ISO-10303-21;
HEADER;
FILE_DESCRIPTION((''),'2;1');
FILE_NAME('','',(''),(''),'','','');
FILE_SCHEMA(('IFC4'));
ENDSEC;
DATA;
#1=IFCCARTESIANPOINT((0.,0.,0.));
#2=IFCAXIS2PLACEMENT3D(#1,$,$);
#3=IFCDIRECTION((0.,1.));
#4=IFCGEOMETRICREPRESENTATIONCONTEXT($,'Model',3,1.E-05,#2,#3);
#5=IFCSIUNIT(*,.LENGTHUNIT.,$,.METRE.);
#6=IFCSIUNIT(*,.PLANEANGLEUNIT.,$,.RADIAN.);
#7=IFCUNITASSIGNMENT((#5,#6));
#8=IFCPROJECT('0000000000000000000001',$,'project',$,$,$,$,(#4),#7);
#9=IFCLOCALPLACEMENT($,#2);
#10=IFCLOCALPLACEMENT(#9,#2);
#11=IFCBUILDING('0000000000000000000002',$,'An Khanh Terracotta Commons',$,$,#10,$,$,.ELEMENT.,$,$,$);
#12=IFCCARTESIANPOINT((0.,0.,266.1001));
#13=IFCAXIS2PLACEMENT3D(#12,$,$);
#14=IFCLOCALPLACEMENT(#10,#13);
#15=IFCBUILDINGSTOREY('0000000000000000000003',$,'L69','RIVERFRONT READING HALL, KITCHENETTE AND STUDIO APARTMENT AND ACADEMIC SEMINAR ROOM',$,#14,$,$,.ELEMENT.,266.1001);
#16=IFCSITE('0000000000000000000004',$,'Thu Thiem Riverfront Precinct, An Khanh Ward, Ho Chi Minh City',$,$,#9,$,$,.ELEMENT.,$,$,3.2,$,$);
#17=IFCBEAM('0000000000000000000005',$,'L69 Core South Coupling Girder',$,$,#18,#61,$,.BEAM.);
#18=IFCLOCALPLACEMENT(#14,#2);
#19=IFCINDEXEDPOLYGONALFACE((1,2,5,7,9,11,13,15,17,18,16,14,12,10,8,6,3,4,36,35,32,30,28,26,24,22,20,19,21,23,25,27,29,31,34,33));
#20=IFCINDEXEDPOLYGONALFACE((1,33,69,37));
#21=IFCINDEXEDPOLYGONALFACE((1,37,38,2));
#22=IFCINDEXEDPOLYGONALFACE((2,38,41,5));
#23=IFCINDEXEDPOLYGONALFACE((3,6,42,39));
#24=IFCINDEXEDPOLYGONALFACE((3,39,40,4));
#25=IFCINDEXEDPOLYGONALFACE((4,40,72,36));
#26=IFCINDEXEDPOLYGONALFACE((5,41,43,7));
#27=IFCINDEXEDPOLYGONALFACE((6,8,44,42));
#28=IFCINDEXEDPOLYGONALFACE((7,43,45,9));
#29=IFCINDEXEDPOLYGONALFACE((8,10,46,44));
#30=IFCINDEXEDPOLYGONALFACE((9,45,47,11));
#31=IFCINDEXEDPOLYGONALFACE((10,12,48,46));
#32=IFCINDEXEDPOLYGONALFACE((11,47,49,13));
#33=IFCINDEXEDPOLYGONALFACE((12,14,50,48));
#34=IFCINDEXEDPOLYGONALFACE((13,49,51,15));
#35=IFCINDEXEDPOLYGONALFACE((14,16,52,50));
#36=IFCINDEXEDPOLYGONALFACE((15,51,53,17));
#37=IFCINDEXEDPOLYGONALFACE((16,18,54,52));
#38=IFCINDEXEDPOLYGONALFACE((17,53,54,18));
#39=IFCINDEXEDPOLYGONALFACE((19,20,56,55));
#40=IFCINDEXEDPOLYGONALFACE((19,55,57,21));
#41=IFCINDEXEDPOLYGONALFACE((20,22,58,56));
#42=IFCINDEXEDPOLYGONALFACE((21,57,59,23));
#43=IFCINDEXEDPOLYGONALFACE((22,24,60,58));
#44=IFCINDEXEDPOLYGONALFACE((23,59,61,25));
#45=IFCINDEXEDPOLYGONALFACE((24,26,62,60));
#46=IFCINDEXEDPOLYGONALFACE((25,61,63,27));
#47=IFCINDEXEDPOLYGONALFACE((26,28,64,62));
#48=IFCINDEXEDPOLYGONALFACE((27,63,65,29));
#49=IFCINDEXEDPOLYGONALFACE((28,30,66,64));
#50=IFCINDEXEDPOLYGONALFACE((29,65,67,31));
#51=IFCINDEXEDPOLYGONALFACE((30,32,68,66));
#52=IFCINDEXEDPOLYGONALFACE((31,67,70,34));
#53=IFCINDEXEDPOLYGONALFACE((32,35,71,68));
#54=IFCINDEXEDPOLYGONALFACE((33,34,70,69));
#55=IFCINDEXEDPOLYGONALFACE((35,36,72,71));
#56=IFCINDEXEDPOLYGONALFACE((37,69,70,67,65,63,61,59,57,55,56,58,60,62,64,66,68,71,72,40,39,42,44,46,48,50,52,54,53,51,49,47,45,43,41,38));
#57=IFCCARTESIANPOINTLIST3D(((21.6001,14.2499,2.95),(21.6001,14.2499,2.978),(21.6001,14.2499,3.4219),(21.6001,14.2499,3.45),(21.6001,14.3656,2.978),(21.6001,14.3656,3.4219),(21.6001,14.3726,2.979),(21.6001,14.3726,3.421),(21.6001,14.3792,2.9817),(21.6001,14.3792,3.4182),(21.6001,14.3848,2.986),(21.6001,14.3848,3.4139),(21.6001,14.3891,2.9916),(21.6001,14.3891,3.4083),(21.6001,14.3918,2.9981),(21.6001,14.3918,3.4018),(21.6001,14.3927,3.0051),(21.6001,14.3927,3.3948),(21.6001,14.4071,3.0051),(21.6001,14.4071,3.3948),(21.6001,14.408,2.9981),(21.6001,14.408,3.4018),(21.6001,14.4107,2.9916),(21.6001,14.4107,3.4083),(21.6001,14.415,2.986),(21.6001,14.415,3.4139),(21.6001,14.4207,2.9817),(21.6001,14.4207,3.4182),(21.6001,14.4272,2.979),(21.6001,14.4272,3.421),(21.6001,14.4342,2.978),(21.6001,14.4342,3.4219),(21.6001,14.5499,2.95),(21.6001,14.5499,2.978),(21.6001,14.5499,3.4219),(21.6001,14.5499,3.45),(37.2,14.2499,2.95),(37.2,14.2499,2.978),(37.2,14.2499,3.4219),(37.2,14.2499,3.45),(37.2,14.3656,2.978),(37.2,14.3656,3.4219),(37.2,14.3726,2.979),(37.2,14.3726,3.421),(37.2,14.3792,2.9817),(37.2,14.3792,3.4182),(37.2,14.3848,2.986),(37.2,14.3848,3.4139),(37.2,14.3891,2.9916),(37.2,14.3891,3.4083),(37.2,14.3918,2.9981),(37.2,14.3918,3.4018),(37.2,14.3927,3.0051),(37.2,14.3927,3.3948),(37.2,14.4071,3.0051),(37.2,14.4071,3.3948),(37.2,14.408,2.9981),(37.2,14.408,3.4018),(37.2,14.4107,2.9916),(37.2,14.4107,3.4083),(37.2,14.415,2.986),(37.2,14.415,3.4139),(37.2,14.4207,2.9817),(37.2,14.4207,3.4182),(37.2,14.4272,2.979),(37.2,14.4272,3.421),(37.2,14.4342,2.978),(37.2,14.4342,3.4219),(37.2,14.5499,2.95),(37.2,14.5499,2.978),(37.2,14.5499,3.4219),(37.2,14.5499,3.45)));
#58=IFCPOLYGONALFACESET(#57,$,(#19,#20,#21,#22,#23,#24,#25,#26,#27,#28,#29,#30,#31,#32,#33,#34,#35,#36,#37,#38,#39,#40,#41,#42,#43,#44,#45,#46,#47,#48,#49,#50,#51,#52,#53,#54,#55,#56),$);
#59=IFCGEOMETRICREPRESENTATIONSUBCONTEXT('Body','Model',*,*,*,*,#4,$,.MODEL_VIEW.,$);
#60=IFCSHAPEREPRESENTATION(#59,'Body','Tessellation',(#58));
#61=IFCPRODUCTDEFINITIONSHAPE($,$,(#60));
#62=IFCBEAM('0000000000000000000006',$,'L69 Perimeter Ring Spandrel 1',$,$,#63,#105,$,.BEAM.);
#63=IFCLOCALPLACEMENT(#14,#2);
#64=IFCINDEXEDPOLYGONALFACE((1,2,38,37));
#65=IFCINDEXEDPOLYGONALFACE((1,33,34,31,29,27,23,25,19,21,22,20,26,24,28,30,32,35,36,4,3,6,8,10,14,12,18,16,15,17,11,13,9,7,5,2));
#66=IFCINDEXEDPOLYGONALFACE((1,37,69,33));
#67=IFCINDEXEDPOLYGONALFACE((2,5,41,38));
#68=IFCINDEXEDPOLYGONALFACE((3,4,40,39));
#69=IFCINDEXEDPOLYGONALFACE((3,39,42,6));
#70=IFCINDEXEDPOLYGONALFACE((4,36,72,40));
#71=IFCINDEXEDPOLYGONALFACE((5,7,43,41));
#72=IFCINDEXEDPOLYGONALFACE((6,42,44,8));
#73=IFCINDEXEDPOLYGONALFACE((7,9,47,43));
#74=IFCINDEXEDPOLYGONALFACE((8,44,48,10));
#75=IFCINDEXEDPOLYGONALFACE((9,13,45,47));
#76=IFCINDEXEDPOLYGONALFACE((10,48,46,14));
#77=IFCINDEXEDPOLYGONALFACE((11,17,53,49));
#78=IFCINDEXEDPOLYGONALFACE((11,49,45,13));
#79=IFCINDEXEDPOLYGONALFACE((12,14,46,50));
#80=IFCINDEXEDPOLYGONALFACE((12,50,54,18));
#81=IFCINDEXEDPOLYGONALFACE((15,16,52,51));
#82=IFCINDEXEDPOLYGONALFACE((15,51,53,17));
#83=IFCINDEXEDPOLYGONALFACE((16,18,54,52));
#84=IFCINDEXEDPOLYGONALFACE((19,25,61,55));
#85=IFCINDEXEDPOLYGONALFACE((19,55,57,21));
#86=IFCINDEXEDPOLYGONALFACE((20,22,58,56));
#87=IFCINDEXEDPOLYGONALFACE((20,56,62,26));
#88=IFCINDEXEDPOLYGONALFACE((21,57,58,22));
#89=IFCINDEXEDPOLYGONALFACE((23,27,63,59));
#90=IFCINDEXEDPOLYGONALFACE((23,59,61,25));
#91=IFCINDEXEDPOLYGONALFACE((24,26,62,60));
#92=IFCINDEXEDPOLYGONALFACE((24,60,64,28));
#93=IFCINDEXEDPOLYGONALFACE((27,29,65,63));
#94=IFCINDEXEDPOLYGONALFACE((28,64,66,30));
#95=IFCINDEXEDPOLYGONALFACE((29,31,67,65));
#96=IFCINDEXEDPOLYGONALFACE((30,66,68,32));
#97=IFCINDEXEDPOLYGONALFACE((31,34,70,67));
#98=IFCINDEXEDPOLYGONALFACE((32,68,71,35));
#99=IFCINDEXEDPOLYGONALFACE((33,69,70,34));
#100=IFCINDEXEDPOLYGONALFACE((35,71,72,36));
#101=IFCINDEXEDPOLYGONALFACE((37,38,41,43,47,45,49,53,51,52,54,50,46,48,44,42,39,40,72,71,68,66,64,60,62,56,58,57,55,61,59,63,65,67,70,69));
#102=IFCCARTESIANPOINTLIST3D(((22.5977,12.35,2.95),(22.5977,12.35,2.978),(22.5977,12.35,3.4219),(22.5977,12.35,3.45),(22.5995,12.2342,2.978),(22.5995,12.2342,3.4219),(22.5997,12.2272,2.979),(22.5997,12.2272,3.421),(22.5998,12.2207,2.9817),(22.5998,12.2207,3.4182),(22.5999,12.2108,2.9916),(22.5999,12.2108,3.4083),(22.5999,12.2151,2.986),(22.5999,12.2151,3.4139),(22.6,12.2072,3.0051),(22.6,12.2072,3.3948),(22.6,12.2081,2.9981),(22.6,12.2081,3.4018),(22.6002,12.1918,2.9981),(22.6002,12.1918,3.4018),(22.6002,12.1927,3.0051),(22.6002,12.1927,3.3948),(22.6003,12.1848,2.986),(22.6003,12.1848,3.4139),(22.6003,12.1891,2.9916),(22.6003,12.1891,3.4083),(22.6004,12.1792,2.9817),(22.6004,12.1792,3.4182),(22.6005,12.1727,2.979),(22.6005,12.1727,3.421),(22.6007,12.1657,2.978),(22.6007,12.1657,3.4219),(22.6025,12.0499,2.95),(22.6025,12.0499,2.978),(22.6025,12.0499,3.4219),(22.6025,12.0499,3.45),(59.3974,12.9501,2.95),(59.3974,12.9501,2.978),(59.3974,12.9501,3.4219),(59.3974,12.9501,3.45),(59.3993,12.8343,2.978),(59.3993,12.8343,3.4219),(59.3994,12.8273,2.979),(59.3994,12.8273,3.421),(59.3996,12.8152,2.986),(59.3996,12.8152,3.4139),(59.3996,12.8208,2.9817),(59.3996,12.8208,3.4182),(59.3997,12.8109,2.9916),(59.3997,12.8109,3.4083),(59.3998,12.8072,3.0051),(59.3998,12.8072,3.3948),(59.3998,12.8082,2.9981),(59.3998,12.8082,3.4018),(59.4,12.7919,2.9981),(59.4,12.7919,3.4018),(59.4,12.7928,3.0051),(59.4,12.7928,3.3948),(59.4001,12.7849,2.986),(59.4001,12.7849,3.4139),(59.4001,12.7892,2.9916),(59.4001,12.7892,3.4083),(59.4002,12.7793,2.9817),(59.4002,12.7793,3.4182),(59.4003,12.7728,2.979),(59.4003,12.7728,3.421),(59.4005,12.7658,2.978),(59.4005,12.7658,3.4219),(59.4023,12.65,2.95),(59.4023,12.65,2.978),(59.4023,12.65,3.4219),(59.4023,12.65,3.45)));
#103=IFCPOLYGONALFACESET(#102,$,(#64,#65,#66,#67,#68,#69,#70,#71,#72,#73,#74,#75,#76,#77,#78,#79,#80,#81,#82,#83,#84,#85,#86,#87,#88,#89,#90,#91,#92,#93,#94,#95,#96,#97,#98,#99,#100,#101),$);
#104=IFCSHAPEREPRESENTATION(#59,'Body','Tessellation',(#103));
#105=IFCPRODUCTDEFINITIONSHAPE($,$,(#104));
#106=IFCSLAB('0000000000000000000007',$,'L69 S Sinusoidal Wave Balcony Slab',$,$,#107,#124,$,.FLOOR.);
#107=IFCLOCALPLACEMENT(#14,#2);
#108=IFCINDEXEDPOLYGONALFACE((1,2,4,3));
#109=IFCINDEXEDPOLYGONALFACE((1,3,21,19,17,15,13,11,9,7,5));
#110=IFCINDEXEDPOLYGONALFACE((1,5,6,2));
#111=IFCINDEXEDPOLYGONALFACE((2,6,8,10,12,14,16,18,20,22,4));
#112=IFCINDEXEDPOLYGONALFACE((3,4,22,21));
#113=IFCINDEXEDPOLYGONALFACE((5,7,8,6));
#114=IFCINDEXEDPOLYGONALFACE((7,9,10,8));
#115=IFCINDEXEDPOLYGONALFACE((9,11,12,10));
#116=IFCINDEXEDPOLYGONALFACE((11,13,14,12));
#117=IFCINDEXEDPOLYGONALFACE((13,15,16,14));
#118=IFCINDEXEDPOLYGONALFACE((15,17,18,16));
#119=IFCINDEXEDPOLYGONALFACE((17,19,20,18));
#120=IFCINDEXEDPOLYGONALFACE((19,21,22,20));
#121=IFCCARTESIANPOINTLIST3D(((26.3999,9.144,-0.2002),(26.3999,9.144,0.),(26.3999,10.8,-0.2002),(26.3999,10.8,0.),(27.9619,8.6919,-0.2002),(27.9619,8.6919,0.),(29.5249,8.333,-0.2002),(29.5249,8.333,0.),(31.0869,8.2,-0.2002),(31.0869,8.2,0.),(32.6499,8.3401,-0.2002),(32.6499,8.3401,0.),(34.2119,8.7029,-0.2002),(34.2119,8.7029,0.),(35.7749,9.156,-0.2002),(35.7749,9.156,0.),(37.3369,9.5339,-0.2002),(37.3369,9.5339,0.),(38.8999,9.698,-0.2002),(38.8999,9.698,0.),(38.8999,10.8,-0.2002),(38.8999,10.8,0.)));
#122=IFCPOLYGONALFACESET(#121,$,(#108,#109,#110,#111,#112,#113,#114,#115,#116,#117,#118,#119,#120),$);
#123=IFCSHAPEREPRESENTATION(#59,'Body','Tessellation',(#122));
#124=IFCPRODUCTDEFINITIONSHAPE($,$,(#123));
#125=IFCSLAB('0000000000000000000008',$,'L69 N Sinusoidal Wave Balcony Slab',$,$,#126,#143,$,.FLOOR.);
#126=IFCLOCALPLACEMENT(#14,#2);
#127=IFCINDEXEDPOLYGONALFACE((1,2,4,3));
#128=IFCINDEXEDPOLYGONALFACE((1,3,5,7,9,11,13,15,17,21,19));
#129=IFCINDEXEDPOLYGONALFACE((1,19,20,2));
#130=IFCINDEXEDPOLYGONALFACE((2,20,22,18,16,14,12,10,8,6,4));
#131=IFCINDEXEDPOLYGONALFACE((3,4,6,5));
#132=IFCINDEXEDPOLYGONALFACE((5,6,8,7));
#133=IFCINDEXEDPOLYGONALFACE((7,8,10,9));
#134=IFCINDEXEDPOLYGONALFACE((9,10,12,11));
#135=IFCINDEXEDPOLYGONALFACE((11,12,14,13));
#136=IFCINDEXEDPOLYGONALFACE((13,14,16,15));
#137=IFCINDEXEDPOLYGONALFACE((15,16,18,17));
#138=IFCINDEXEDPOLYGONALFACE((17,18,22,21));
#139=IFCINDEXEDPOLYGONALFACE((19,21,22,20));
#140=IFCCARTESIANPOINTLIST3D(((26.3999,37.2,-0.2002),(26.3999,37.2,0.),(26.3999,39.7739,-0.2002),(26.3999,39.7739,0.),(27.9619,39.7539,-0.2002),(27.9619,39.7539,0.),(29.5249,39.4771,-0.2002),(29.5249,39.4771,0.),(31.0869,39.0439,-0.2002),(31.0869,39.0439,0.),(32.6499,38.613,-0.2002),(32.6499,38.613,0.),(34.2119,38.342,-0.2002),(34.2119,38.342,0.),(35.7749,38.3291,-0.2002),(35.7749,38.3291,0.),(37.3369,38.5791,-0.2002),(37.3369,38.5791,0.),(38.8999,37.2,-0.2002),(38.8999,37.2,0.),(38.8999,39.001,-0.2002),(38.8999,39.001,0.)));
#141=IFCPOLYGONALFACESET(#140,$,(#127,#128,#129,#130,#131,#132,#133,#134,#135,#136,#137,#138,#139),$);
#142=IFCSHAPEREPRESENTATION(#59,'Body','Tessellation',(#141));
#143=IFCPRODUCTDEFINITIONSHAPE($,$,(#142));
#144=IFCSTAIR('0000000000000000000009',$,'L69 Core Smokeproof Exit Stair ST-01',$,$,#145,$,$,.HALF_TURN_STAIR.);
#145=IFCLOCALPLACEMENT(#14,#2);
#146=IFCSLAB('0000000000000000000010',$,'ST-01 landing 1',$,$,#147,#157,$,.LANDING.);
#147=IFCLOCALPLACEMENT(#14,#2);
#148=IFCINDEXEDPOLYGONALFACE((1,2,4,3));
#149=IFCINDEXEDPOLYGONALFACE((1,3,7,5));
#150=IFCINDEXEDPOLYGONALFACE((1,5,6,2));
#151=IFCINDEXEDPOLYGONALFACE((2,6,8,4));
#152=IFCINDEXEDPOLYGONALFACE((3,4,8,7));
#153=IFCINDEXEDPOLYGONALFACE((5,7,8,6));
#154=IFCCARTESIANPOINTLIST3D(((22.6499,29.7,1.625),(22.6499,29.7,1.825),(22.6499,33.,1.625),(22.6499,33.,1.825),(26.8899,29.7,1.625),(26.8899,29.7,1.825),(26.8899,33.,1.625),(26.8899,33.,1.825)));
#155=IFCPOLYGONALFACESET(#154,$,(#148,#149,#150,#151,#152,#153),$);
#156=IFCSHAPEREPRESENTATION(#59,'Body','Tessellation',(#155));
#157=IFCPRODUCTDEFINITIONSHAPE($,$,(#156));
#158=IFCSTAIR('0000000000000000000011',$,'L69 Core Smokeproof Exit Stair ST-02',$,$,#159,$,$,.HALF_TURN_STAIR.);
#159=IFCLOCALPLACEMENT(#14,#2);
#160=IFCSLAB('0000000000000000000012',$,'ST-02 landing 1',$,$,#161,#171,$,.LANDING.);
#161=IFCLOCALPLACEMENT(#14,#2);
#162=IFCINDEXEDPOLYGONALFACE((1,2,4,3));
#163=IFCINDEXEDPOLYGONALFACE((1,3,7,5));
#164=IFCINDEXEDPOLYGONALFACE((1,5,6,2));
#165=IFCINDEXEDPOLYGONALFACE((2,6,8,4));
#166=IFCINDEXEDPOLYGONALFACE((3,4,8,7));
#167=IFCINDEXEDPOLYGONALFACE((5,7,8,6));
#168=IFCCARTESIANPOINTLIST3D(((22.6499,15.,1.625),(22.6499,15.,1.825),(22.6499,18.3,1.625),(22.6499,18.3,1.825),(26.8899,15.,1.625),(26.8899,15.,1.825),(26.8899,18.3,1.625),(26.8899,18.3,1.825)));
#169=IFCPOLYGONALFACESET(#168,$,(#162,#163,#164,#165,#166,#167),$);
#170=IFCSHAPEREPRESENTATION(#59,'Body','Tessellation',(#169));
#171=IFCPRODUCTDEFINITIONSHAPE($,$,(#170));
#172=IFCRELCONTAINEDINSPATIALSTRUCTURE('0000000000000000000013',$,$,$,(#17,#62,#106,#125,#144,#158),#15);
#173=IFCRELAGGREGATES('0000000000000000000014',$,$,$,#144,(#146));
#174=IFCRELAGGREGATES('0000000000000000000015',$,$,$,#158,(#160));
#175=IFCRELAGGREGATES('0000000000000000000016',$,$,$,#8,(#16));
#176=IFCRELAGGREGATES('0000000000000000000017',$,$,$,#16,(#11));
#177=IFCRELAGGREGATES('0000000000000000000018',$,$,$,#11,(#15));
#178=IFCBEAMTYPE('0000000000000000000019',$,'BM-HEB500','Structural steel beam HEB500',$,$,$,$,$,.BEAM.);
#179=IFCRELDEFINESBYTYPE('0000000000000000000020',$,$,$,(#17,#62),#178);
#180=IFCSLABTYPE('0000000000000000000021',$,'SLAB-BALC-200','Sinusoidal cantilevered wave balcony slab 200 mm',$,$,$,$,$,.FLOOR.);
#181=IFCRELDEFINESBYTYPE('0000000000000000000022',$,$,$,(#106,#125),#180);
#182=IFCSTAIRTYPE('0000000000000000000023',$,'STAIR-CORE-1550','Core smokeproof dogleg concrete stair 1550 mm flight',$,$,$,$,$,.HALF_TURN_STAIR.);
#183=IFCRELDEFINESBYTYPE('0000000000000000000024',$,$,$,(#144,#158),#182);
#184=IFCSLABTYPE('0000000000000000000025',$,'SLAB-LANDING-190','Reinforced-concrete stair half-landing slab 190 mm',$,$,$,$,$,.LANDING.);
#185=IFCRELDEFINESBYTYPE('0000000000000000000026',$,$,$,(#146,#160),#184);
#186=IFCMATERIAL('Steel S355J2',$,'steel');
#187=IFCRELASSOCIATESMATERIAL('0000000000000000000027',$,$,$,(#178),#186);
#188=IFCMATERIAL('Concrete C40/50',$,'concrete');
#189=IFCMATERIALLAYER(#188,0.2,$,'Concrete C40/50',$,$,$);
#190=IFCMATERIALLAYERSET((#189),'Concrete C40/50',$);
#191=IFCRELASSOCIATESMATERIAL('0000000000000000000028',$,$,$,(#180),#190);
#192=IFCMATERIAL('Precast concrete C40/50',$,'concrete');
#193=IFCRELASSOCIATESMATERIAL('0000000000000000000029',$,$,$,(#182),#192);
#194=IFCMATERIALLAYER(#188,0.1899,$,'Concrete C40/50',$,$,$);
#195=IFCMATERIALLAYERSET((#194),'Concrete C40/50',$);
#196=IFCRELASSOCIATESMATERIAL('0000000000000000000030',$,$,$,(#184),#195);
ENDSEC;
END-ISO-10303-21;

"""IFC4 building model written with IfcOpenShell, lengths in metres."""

from ifc_helpers import new_model, si_unit, direction, frame, origin, origin_2d, place, context, subcontext, project, spatial, polyline, i_section, outline, extrude, material, layer, layer_set, material_profile, profile_set, type_object, element, aggregate, save


model = new_model("IFC4")

# Units and contexts
model_context = context("Model", 3, precision=1e-05, world=origin(), true_north=direction((0.0, 1.0)))
body_context = subcontext(model_context, "Body", "Model", "MODEL_VIEW")
ifc_project = project(units=[si_unit("LENGTHUNIT", "METRE"), si_unit("PLANEANGLEUNIT", "RADIAN")], contexts=[model_context])

# Site, building, storey
site_placement = place(None, origin())
site = spatial("IfcSite", under=ifc_project, at=site_placement, Name="Thu Thiem Riverfront Precinct, An Khanh Ward, Ho Chi Minh City", CompositionType="ELEMENT", RefElevation=3.2)
building_placement = place(site_placement, origin())
building = spatial("IfcBuilding", under=site, at=building_placement, Name="An Khanh Terracotta Commons", CompositionType="ELEMENT")
storey_placement = place(building_placement, frame((0.0, 0.0, 266.1001)))
storey = spatial("IfcBuildingStorey", under=building, at=storey_placement, Name="L69", Description="RIVERFRONT READING HALL, KITCHENETTE AND STUDIO APARTMENT AND ACADEMIC SEMINAR ROOM", CompositionType="ELEMENT", Elevation=266.1001)

# Beams
ifc_material_1 = material(Name="Steel S355J2", Category="steel")
ifc_material_profile_1 = material_profile(ifc_material_1, i_section(OverallWidth=0.3, OverallDepth=0.5, WebThickness=0.0144, FlangeThickness=0.0281, FilletRadius=0.0271, at=origin_2d()), Name="HEB500")
ifc_profile_set_1 = profile_set([ifc_material_profile_1], Name="Steel S355J2")
beam_type_1 = type_object("IfcBeamType", Name="BM-HEB500", Description="Structural steel beam HEB500", PredefinedType="BEAM", material=ifc_profile_set_1)
beam_1_placement = place(storey_placement, frame((21.6001, 14.3999, 3.2), z_axis=(1.0, 0.0, 0.0), x_axis=(0.0, 1.0, 0.0)))
element("IfcBeam", 1, at=beam_1_placement, inside=storey, type_object=beam_type_1, Name="L69 Core South Coupling Girder", PredefinedType="BEAM", context=body_context, shape_type="SweptSolid", body=[
    extrude(i_section(OverallWidth=0.3, OverallDepth=0.5, WebThickness=0.0144, FlangeThickness=0.0281, FilletRadius=0.0271, at=origin_2d()), origin(), (0.0, 0.0, 1.0), 15.5999),
])
beam_2_placement = place(storey_placement, frame((22.6001, 12.2, 3.2), z_axis=(0.999867, 0.016305, 0.0), x_axis=(-0.016305, 0.999867, 0.0)))
element("IfcBeam", 2, at=beam_2_placement, inside=storey, type_object=beam_type_1, Name="L69 Perimeter Ring Spandrel 1", PredefinedType="BEAM", context=body_context, shape_type="SweptSolid", body=[
    extrude(i_section(OverallWidth=0.3, OverallDepth=0.5, WebThickness=0.0144, FlangeThickness=0.0281, FilletRadius=0.0271, at=origin_2d()), origin(), (0.0, 0.0, 1.0), 36.8047),
])

# Slabs
ifc_material_2 = material(Name="Concrete C40/50", Category="concrete")
ifc_layer_1 = layer(ifc_material_2, 0.2, Name="Concrete C40/50")
ifc_layer_set_1 = layer_set([ifc_layer_1], Name="Concrete C40/50")
slab_type_1 = type_object("IfcSlabType", Name="SLAB-BALC-200", Description="Sinusoidal cantilevered wave balcony slab 200 mm", PredefinedType="FLOOR", material=ifc_layer_set_1)
slab_1_placement = place(storey_placement, frame((0.0, 0.0, -0.2002)))
element("IfcSlab", 3, at=slab_1_placement, inside=storey, type_object=slab_type_1, Name="L69 S Sinusoidal Wave Balcony Slab", PredefinedType="FLOOR", context=body_context, shape_type="SweptSolid", body=[
    extrude(outline(polyline([(26.3999, 10.8), (26.3999, 9.144), (27.9619, 8.6919), (29.5249, 8.333), (31.0869, 8.2), (32.6499, 8.3401), (34.2119, 8.7029), (35.7749, 9.156), (37.3369, 9.5339), (38.8999, 9.698), (38.8999, 10.8), (26.3999, 10.8)])), origin(), (0.0, 0.0, 1.0), 0.2002),
])
slab_2_placement = place(storey_placement, frame((0.0, 0.0, -0.2002)))
element("IfcSlab", 4, at=slab_2_placement, inside=storey, type_object=slab_type_1, Name="L69 N Sinusoidal Wave Balcony Slab", PredefinedType="FLOOR", context=body_context, shape_type="SweptSolid", body=[
    extrude(outline(polyline([(38.8999, 37.2), (38.8999, 39.001), (37.3369, 38.5791), (35.7749, 38.3291), (34.2119, 38.342), (32.6499, 38.613), (31.0869, 39.0439), (29.5249, 39.4771), (27.9619, 39.7539), (26.3999, 39.7739), (26.3999, 37.2), (38.8999, 37.2)])), origin(), (0.0, 0.0, 1.0), 0.2002),
])

# Stairs, slabs
ifc_material_3 = material(Name="Precast concrete C40/50", Category="concrete")
stair_type = type_object("IfcStairType", Name="STAIR-CORE-1550", Description="Core smokeproof dogleg concrete stair 1550 mm flight", PredefinedType="HALF_TURN_STAIR", material=ifc_material_3)
stair_1_placement = place(storey_placement, origin())
stair_1 = element("IfcStair", 5, at=stair_1_placement, inside=storey, type_object=stair_type, Name="L69 Core Smokeproof Exit Stair ST-01", PredefinedType="HALF_TURN_STAIR")
ifc_layer_2 = layer(ifc_material_2, 0.1899, Name="Concrete C40/50")
ifc_layer_set_2 = layer_set([ifc_layer_2], Name="Concrete C40/50")
slab_type_2 = type_object("IfcSlabType", Name="SLAB-LANDING-190", Description="Reinforced-concrete stair half-landing slab 190 mm", PredefinedType="LANDING", material=ifc_layer_set_2)
slab_3_placement = place(storey_placement, frame((0.0, 0.0, 1.625)))
slab_3 = element("IfcSlab", 6, at=slab_3_placement, type_object=slab_type_2, Name="ST-01 landing 1", PredefinedType="LANDING", context=body_context, shape_type="SweptSolid", body=[
    extrude(outline(polyline([(26.8899, 33.0), (22.6499, 33.0), (22.6499, 29.7), (26.8899, 29.7), (26.8899, 33.0)])), origin(), (0.0, 0.0, 1.0), 0.2),
])
aggregate(stair_1, [slab_3])
stair_2_placement = place(storey_placement, origin())
stair_2 = element("IfcStair", 7, at=stair_2_placement, inside=storey, type_object=stair_type, Name="L69 Core Smokeproof Exit Stair ST-02", PredefinedType="HALF_TURN_STAIR")
slab_4_placement = place(storey_placement, frame((0.0, 0.0, 1.625)))
slab_4 = element("IfcSlab", 8, at=slab_4_placement, type_object=slab_type_2, Name="ST-02 landing 1", PredefinedType="LANDING", context=body_context, shape_type="SweptSolid", body=[
    extrude(outline(polyline([(26.8899, 18.3), (22.6499, 18.3), (22.6499, 15.0), (26.8899, 15.0), (26.8899, 18.3)])), origin(), (0.0, 0.0, 1.0), 0.2),
])

aggregate(stair_2, [slab_4])

save(model, "model.ifc")
